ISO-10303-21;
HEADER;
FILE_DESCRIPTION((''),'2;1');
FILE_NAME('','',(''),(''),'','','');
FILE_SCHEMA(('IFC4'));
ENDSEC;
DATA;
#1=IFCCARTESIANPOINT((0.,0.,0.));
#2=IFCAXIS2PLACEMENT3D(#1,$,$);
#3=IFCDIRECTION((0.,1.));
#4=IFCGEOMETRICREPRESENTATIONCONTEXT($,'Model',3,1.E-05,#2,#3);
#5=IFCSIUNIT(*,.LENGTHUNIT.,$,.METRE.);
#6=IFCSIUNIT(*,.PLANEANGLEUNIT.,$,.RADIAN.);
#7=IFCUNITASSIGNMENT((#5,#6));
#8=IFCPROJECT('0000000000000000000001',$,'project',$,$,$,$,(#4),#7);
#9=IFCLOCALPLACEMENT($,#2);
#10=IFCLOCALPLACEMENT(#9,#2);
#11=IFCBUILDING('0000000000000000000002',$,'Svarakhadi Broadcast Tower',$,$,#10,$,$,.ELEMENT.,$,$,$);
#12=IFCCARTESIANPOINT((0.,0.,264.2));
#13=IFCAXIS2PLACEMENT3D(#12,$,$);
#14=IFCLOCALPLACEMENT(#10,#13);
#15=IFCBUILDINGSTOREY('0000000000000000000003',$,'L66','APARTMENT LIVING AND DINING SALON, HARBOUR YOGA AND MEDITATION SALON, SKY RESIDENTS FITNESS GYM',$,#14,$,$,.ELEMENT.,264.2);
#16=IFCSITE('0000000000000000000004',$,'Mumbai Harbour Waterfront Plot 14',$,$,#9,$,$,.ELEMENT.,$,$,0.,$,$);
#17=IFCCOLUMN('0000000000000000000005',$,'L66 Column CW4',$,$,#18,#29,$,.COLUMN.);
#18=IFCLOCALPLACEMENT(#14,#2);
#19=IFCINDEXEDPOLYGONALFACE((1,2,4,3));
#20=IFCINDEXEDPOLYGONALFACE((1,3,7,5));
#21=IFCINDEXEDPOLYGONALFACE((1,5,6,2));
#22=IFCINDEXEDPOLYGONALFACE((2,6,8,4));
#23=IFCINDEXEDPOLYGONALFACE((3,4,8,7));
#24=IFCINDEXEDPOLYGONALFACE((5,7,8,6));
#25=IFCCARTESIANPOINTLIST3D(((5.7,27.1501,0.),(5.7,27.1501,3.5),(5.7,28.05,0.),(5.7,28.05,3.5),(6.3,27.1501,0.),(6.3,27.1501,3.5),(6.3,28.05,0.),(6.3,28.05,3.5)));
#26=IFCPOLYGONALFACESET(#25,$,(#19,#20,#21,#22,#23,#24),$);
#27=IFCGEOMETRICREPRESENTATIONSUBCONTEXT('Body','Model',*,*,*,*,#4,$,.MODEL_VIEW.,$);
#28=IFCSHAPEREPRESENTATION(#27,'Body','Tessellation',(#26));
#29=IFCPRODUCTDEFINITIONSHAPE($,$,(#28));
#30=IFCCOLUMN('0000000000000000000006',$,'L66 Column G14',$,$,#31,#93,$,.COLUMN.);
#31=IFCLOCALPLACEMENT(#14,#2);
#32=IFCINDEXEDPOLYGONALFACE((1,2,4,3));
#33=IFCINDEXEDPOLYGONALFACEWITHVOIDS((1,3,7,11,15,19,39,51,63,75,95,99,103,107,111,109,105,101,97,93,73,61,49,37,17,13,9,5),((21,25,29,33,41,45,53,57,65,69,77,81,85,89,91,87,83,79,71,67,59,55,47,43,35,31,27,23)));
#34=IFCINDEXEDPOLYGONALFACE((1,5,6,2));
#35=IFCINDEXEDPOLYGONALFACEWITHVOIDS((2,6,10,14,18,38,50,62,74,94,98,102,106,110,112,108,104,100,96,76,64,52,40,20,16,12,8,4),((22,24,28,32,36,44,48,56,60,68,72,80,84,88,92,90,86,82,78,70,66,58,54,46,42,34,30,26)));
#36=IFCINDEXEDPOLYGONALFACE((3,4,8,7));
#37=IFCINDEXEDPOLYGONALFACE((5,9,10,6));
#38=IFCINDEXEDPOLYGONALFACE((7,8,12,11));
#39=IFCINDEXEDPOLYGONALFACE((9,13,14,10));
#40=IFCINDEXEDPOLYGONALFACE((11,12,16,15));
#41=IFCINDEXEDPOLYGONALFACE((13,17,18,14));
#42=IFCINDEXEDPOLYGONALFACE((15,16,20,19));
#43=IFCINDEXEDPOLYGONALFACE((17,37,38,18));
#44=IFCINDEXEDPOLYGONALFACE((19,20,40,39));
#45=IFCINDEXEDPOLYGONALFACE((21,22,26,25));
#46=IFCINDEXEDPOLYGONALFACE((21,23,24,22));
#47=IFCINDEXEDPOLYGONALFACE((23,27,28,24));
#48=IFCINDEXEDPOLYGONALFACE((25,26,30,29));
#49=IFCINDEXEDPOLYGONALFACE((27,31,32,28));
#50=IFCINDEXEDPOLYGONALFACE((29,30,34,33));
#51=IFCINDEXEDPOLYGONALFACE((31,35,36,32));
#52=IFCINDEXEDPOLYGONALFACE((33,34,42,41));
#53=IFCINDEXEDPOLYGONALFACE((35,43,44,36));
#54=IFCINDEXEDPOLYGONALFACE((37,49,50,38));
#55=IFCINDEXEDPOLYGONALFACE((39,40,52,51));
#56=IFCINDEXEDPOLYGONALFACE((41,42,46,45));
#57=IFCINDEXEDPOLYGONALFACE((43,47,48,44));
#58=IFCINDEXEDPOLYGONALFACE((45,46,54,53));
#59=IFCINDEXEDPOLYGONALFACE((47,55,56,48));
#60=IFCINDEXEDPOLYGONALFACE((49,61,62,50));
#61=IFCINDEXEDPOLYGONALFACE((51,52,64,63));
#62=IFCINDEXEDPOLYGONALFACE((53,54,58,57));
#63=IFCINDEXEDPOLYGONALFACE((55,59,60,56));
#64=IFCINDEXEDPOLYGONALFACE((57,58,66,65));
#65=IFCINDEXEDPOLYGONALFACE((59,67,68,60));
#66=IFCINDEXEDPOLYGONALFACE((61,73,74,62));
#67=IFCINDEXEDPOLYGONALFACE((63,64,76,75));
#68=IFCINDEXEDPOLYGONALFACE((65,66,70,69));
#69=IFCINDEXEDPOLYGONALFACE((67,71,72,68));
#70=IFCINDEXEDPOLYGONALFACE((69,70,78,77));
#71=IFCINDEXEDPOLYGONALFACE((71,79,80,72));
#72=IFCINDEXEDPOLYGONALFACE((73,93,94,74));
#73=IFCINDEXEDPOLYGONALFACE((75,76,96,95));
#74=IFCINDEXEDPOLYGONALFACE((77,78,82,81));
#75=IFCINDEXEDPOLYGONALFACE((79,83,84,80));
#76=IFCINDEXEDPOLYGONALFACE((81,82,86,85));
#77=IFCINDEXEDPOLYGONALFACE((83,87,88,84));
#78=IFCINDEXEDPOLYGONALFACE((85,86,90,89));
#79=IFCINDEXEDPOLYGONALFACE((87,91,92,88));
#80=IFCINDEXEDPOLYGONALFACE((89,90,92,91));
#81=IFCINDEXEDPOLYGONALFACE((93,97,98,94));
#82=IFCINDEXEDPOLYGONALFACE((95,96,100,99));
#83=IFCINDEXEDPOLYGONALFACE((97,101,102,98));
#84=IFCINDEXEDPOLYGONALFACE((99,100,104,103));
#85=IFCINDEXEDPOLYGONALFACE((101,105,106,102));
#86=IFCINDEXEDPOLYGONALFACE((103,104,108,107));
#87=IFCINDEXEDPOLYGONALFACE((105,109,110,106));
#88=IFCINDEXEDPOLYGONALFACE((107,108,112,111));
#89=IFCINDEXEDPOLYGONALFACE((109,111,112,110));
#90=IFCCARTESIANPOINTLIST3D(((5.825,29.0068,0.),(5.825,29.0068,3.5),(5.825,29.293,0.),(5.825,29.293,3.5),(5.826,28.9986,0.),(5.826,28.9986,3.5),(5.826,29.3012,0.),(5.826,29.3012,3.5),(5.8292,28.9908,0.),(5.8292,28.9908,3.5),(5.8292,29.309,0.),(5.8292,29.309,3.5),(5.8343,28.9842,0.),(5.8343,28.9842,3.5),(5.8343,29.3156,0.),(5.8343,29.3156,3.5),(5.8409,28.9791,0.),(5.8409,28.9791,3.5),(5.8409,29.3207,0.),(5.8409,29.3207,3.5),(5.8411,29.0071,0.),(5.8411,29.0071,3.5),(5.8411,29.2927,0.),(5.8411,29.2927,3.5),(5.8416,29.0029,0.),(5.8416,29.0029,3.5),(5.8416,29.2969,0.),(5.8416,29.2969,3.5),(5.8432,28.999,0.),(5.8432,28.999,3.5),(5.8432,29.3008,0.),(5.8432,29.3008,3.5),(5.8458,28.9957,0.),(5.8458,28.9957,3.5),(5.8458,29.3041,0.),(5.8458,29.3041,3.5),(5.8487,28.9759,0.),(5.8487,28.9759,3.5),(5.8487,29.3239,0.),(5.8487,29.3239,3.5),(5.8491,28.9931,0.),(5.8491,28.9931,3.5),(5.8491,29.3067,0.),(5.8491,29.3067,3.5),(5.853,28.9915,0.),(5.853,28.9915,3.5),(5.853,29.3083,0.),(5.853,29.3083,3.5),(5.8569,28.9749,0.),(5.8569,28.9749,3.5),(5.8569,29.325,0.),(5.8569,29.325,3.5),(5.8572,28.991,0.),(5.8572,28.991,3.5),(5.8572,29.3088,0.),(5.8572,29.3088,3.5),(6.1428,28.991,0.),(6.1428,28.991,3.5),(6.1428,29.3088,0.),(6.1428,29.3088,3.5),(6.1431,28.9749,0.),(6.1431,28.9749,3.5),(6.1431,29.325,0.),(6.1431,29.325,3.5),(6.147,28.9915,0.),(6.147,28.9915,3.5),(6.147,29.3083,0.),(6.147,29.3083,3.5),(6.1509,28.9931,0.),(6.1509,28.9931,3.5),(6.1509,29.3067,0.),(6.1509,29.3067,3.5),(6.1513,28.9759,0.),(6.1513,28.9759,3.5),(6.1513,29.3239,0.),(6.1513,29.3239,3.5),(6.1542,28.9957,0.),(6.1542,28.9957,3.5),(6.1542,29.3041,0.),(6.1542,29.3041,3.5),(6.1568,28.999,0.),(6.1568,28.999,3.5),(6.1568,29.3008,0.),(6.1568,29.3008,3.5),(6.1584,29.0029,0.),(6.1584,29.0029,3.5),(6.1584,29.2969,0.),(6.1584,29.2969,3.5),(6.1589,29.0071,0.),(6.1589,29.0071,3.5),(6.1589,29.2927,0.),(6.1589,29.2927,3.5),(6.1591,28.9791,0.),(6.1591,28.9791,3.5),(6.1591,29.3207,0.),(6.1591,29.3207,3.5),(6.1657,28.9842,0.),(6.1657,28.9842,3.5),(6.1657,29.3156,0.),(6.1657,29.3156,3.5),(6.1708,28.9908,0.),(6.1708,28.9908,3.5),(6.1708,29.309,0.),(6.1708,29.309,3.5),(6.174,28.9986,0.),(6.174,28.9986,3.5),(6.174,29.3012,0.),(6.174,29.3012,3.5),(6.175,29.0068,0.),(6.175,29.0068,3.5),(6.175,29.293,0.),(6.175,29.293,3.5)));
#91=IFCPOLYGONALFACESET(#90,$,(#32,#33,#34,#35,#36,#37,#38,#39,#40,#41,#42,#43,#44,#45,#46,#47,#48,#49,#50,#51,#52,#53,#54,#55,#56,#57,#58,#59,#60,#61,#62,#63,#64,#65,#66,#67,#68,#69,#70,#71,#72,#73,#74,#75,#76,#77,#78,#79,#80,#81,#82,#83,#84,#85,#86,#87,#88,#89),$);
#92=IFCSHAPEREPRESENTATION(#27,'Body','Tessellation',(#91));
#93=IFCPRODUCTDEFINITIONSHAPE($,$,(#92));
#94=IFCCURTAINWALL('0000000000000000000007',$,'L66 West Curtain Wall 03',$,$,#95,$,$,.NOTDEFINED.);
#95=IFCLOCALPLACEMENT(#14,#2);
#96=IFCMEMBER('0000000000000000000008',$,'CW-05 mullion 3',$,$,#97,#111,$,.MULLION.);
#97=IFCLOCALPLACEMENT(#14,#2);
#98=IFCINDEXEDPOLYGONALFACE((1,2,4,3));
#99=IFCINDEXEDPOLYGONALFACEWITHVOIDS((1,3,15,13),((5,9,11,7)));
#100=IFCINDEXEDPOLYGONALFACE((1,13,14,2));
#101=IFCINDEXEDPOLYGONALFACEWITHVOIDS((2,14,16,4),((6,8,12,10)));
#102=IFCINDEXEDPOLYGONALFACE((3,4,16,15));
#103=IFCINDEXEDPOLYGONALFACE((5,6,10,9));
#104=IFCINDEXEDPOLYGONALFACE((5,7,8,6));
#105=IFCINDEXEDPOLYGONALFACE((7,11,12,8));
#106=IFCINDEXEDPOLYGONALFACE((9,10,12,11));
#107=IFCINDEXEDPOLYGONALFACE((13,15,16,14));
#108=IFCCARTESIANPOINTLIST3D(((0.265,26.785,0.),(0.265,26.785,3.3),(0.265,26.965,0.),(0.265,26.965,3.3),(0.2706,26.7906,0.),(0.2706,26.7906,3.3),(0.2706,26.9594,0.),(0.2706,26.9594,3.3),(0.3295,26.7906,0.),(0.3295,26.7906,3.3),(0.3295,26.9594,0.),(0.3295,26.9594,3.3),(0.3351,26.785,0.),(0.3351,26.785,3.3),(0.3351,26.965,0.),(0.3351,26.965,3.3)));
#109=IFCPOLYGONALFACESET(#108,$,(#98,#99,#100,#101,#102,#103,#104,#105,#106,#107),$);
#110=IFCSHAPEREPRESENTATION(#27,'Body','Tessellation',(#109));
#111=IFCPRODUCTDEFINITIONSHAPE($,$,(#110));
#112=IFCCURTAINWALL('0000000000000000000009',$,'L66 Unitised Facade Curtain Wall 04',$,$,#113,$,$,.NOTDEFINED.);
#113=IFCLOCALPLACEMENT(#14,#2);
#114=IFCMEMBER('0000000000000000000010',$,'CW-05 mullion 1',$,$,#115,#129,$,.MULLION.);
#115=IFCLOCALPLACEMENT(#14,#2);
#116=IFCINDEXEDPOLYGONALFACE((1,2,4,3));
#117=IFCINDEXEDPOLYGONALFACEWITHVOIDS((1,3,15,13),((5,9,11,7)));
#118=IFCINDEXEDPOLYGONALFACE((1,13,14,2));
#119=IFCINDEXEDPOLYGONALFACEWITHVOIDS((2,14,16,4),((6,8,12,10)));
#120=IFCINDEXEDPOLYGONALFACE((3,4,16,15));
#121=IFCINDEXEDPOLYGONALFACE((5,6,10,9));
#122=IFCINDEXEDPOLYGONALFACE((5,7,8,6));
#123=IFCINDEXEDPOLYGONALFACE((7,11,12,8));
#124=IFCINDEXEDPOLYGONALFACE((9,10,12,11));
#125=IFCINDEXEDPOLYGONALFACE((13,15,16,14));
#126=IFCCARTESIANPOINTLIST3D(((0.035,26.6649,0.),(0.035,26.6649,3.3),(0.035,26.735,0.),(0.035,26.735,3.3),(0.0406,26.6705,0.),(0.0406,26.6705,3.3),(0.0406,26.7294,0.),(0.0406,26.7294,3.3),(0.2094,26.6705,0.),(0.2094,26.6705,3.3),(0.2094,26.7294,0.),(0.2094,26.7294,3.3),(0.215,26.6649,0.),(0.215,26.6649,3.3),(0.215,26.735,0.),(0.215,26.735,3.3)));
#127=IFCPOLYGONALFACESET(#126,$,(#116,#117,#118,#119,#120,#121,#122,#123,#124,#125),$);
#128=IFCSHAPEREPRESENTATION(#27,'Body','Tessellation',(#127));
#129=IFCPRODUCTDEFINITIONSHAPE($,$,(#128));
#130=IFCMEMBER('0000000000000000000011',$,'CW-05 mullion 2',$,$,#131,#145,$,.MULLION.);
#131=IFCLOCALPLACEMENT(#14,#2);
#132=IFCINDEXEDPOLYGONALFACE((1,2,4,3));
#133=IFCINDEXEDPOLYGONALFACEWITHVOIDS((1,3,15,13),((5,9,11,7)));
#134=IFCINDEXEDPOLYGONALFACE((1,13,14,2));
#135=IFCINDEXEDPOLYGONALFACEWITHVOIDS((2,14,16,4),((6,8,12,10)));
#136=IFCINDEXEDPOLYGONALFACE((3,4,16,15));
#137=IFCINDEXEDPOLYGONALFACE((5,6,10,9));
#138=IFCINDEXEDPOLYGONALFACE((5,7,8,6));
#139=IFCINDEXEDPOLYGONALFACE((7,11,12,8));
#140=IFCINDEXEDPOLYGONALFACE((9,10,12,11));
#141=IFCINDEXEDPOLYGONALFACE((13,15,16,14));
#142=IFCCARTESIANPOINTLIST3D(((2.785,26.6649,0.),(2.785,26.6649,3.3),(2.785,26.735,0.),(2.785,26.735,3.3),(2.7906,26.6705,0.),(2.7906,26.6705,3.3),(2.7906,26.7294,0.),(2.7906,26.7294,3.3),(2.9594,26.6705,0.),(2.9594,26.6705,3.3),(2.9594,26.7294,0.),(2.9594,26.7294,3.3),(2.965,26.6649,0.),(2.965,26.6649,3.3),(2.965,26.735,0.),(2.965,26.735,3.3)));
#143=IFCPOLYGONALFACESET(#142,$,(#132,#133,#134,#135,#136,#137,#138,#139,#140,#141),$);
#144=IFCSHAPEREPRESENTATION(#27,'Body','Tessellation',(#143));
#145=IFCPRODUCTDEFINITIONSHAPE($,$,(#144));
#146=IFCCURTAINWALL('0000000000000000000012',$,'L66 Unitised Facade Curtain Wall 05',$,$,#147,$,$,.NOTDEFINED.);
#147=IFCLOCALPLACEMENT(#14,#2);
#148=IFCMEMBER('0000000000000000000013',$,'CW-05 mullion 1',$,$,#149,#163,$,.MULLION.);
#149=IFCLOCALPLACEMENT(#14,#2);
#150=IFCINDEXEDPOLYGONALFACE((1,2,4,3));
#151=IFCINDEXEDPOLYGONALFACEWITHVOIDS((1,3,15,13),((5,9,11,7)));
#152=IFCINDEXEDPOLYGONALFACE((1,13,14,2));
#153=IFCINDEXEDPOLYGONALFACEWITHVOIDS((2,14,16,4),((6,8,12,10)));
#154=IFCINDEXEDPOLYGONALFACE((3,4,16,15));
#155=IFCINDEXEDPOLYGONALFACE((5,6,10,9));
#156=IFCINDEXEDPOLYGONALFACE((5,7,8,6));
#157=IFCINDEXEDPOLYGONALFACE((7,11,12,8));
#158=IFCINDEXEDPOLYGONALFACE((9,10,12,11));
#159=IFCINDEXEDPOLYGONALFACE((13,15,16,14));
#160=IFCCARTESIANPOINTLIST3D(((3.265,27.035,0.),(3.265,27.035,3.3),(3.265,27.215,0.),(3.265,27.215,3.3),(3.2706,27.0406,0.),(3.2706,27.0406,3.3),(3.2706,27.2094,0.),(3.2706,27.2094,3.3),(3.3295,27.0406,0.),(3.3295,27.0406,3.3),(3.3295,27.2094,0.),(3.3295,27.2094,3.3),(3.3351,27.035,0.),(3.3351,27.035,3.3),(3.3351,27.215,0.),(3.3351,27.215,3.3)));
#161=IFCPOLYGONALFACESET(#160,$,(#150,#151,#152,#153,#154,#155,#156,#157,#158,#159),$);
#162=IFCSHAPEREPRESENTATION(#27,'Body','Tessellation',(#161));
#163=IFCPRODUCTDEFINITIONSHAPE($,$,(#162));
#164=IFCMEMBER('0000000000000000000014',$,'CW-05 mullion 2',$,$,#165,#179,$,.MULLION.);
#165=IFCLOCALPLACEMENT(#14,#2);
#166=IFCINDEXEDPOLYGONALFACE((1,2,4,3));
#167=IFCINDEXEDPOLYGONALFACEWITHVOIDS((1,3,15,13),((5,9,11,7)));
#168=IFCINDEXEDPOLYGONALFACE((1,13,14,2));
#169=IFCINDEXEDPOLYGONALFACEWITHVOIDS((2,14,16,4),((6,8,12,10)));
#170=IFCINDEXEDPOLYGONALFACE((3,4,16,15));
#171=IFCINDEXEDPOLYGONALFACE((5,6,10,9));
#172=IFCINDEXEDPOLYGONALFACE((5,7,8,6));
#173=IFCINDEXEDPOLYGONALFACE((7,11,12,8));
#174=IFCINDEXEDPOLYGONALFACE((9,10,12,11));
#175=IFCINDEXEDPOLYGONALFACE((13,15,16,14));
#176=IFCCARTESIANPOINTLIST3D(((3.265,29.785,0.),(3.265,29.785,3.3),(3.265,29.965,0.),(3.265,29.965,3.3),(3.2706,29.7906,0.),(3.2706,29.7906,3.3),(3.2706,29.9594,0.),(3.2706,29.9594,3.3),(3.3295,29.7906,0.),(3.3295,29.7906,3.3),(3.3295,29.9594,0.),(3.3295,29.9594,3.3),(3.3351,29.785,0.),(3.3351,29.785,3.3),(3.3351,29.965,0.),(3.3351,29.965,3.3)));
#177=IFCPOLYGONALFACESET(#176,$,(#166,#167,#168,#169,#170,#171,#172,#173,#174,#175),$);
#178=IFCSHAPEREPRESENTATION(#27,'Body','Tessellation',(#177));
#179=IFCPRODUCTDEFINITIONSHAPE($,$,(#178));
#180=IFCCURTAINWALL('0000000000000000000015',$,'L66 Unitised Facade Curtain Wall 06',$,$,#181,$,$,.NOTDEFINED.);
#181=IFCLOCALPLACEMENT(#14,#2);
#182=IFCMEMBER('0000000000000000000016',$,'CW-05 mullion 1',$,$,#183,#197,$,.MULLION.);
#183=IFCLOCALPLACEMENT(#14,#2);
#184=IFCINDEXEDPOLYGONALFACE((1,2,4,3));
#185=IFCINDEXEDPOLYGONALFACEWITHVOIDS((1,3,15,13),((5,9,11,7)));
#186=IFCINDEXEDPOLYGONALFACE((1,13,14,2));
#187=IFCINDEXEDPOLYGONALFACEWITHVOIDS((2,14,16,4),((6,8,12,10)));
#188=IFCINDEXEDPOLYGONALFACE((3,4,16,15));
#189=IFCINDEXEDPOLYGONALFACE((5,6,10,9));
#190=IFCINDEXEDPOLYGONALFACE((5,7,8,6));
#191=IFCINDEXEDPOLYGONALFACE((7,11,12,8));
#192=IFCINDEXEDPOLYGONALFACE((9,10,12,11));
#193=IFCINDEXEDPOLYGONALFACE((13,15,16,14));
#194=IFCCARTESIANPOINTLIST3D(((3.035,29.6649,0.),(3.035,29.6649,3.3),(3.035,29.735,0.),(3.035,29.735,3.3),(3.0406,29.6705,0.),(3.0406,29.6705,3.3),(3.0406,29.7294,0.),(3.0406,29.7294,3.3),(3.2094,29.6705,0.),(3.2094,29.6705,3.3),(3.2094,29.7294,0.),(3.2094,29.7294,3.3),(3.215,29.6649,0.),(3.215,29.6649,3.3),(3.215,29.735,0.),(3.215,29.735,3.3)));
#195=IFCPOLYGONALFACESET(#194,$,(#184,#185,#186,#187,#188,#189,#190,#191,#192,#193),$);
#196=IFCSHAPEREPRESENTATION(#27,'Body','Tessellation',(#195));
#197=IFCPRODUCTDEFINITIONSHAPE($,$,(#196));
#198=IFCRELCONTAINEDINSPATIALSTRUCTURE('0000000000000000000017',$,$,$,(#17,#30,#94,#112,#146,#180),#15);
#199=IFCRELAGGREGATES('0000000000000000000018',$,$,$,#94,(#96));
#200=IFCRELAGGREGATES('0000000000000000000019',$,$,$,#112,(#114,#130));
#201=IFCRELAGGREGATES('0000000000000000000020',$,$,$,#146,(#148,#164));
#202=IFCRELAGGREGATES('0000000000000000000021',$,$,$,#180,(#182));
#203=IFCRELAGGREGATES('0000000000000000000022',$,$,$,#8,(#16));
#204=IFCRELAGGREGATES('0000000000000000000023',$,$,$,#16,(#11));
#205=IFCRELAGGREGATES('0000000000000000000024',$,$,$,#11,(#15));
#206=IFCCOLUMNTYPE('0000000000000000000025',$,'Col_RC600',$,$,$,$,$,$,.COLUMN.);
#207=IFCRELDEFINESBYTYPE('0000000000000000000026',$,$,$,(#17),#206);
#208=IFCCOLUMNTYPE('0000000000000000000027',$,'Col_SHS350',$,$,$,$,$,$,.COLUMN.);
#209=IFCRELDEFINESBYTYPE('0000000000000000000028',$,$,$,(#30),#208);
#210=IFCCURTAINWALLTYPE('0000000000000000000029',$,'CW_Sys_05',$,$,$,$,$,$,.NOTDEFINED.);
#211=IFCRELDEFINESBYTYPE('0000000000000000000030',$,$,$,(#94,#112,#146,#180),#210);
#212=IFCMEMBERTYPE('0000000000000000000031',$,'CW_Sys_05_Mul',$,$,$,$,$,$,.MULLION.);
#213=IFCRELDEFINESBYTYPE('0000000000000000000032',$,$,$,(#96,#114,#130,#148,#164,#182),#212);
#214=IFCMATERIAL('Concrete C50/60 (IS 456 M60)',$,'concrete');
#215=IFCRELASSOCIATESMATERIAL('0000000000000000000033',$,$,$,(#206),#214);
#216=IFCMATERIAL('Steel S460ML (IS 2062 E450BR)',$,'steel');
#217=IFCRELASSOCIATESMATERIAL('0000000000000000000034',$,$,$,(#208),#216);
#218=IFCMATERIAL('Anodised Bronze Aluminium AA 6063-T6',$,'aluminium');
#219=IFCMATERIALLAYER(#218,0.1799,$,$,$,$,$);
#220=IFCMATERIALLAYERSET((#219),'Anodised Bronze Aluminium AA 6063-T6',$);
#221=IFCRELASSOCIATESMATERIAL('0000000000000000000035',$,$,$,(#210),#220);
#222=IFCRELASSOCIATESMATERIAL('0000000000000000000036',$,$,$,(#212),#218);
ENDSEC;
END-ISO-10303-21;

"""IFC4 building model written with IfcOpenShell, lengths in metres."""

from ifc_helpers import new_model, si_unit, direction, frame, origin, origin_2d, place, context, subcontext, project, spatial, rectangle, hollow_rectangle, extrude, material, layer, layer_set, material_profile, profile_set, type_object, element, aggregate, save


model = new_model("IFC4")

# Units and contexts
model_context = context("Model", 3, precision=1e-05, world=origin(), true_north=direction((0.0, 1.0)))
body_context = subcontext(model_context, "Body", "Model", "MODEL_VIEW")
ifc_project = project(units=[si_unit("LENGTHUNIT", "METRE"), si_unit("PLANEANGLEUNIT", "RADIAN")], contexts=[model_context])

# Site, building, storey
site_placement = place(None, origin())
site = spatial("IfcSite", under=ifc_project, at=site_placement, Name="Mumbai Harbour Waterfront Plot 14", CompositionType="ELEMENT", RefElevation=0.0)
building_placement = place(site_placement, origin())
building = spatial("IfcBuilding", under=site, at=building_placement, Name="Svarakhadi Broadcast Tower", CompositionType="ELEMENT")
storey_placement = place(building_placement, frame((0.0, 0.0, 264.2)))
storey = spatial("IfcBuildingStorey", under=building, at=storey_placement, Name="L66", Description="APARTMENT LIVING AND DINING SALON, HARBOUR YOGA AND MEDITATION SALON, SKY RESIDENTS FITNESS GYM", CompositionType="ELEMENT", Elevation=264.2)

# Columns
ifc_material_1 = material(Name="Concrete C50/60 (IS 456 M60)", Category="concrete")
ifc_material_profile_1 = material_profile(ifc_material_1, rectangle(XDim=0.6001, YDim=0.8999, at=origin_2d()), Name="RC 600x900")
ifc_profile_set_1 = profile_set([ifc_material_profile_1], Name="Concrete C50/60 (IS 456 M60)")
column_type_1 = type_object("IfcColumnType", Name="Col_RC600", PredefinedType="COLUMN", material=ifc_profile_set_1)
column_1_placement = place(storey_placement, frame((6.0, 27.6001, 0.0), z_axis=(0.0, 0.0, 1.0), x_axis=(1.0, 0.0, 0.0)))
element("IfcColumn", 1, at=column_1_placement, inside=storey, type_object=column_type_1, Name="L66 Column CW4", PredefinedType="COLUMN", context=body_context, shape_type="SweptSolid", body=[
    extrude(rectangle(XDim=0.6001, YDim=0.8999, at=origin_2d()), origin(), (0.0, 0.0, 1.0), 3.5),
])
ifc_material_2 = material(Name="Steel S460ML (IS 2062 E450BR)", Category="steel")
ifc_material_profile_2 = material_profile(ifc_material_2, hollow_rectangle(XDim=0.3501, YDim=0.3501, WallThickness=0.0161, InnerFilletRadius=0.0161, OuterFilletRadius=0.032, at=origin_2d()), Name="SHS 350x350x16")
ifc_profile_set_2 = profile_set([ifc_material_profile_2], Name="Steel S460ML (IS 2062 E450BR)")
column_type_2 = type_object("IfcColumnType", Name="Col_SHS350", PredefinedType="COLUMN", material=ifc_profile_set_2)
column_2_placement = place(storey_placement, frame((6.0, 29.1499, 0.0), z_axis=(0.0, 0.0, 1.0), x_axis=(1.0, 0.0, 0.0)))
element("IfcColumn", 2, at=column_2_placement, inside=storey, type_object=column_type_2, Name="L66 Column G14", PredefinedType="COLUMN", context=body_context, shape_type="SweptSolid", body=[
    extrude(hollow_rectangle(XDim=0.3501, YDim=0.3501, WallThickness=0.0161, InnerFilletRadius=0.0161, OuterFilletRadius=0.032, at=origin_2d()), origin(), (0.0, 0.0, 1.0), 3.5),
])

# Curtain wall, member
ifc_material_3 = material(Name="Anodised Bronze Aluminium AA 6063-T6", Category="aluminium")
ifc_layer_1 = layer(ifc_material_3, 0.1799)
ifc_layer_set_1 = layer_set([ifc_layer_1], Name="Anodised Bronze Aluminium AA 6063-T6")
curtain_wall_type = type_object("IfcCurtainWallType", Name="CW_Sys_05", PredefinedType="NOTDEFINED", material=ifc_layer_set_1)
curtain_wall_1_placement = place(storey_placement, origin())
curtain_wall_1 = element("IfcCurtainWall", 3, at=curtain_wall_1_placement, inside=storey, type_object=curtain_wall_type, Name="L66 West Curtain Wall 03", PredefinedType="NOTDEFINED")
ifc_material_profile_3 = material_profile(ifc_material_3, hollow_rectangle(XDim=0.0701, YDim=0.1799, WallThickness=0.0056, at=origin_2d()), Name="ALU MULLION 180x70x6")
ifc_profile_set_3 = profile_set([ifc_material_profile_3], Name="Anodised Bronze Aluminium AA 6063-T6")
member_type_1 = type_object("IfcMemberType", Name="CW_Sys_05_Mul", PredefinedType="MULLION", material=ifc_profile_set_3)
member_1_placement = place(storey_placement, frame((0.3, 26.875, 0.0), z_axis=(0.0, 0.0, 1.0), x_axis=(-1.0, 0.0, 0.0)))
member_1 = element("IfcMember", 4, at=member_1_placement, type_object=member_type_1, Name="CW-05 mullion 3", PredefinedType="MULLION", context=body_context, shape_type="SweptSolid", body=[
    extrude(hollow_rectangle(XDim=0.0701, YDim=0.1799, WallThickness=0.0056, at=origin_2d()), origin(), (0.0, 0.0, 1.0), 3.3),
])

# Curtain walls, members
curtain_wall_2_placement = place(storey_placement, origin())
curtain_wall_2 = element("IfcCurtainWall", 5, at=curtain_wall_2_placement, inside=storey, type_object=curtain_wall_type, Name="L66 Unitised Facade Curtain Wall 04", PredefinedType="NOTDEFINED")
member_2_placement = place(storey_placement, frame((0.125, 26.7, 0.0), z_axis=(0.0, 0.0, 1.0), x_axis=(0.0, 1.0, 0.0)))
member_2 = element("IfcMember", 6, at=member_2_placement, type_object=member_type_1, Name="CW-05 mullion 1", PredefinedType="MULLION", context=body_context, shape_type="SweptSolid", body=[
    extrude(hollow_rectangle(XDim=0.0701, YDim=0.1799, WallThickness=0.0056, at=origin_2d()), origin(), (0.0, 0.0, 1.0), 3.3),
])
member_3_placement = place(storey_placement, frame((2.875, 26.7, 0.0), z_axis=(0.0, 0.0, 1.0), x_axis=(0.0, 1.0, 0.0)))
member_3 = element("IfcMember", 7, at=member_3_placement, type_object=member_type_1, Name="CW-05 mullion 2", PredefinedType="MULLION", context=body_context, shape_type="SweptSolid", body=[
    extrude(hollow_rectangle(XDim=0.0701, YDim=0.1799, WallThickness=0.0056, at=origin_2d()), origin(), (0.0, 0.0, 1.0), 3.3),
])
curtain_wall_3_placement = place(storey_placement, origin())
curtain_wall_3 = element("IfcCurtainWall", 8, at=curtain_wall_3_placement, inside=storey, type_object=curtain_wall_type, Name="L66 Unitised Facade Curtain Wall 05", PredefinedType="NOTDEFINED")
member_4_placement = place(storey_placement, frame((3.3, 27.125, 0.0), z_axis=(0.0, 0.0, 1.0), x_axis=(-1.0, 0.0, 0.0)))
member_4 = element("IfcMember", 9, at=member_4_placement, type_object=member_type_1, Name="CW-05 mullion 1", PredefinedType="MULLION", context=body_context, shape_type="SweptSolid", body=[
    extrude(hollow_rectangle(XDim=0.0701, YDim=0.1799, WallThickness=0.0056, at=origin_2d()), origin(), (0.0, 0.0, 1.0), 3.3),
])
member_5_placement = place(storey_placement, frame((3.3, 29.875, 0.0), z_axis=(0.0, 0.0, 1.0), x_axis=(-1.0, 0.0, 0.0)))
member_5 = element("IfcMember", 10, at=member_5_placement, type_object=member_type_1, Name="CW-05 mullion 2", PredefinedType="MULLION", context=body_context, shape_type="SweptSolid", body=[
    extrude(hollow_rectangle(XDim=0.0701, YDim=0.1799, WallThickness=0.0056, at=origin_2d()), origin(), (0.0, 0.0, 1.0), 3.3),
])

# Curtain wall, member
curtain_wall_4_placement = place(storey_placement, origin())
curtain_wall_4 = element("IfcCurtainWall", 11, at=curtain_wall_4_placement, inside=storey, type_object=curtain_wall_type, Name="L66 Unitised Facade Curtain Wall 06", PredefinedType="NOTDEFINED")
member_6_placement = place(storey_placement, frame((3.125, 29.7, 0.0), z_axis=(0.0, 0.0, 1.0), x_axis=(0.0, 1.0, 0.0)))
member_6 = element("IfcMember", 12, at=member_6_placement, type_object=member_type_1, Name="CW-05 mullion 1", PredefinedType="MULLION", context=body_context, shape_type="SweptSolid", body=[
    extrude(hollow_rectangle(XDim=0.0701, YDim=0.1799, WallThickness=0.0056, at=origin_2d()), origin(), (0.0, 0.0, 1.0), 3.3),
])

aggregate(curtain_wall_1, [member_1])
aggregate(curtain_wall_2, [member_2, member_3])
aggregate(curtain_wall_3, [member_4, member_5])
aggregate(curtain_wall_4, [member_6])

save(model, "model.ifc")
